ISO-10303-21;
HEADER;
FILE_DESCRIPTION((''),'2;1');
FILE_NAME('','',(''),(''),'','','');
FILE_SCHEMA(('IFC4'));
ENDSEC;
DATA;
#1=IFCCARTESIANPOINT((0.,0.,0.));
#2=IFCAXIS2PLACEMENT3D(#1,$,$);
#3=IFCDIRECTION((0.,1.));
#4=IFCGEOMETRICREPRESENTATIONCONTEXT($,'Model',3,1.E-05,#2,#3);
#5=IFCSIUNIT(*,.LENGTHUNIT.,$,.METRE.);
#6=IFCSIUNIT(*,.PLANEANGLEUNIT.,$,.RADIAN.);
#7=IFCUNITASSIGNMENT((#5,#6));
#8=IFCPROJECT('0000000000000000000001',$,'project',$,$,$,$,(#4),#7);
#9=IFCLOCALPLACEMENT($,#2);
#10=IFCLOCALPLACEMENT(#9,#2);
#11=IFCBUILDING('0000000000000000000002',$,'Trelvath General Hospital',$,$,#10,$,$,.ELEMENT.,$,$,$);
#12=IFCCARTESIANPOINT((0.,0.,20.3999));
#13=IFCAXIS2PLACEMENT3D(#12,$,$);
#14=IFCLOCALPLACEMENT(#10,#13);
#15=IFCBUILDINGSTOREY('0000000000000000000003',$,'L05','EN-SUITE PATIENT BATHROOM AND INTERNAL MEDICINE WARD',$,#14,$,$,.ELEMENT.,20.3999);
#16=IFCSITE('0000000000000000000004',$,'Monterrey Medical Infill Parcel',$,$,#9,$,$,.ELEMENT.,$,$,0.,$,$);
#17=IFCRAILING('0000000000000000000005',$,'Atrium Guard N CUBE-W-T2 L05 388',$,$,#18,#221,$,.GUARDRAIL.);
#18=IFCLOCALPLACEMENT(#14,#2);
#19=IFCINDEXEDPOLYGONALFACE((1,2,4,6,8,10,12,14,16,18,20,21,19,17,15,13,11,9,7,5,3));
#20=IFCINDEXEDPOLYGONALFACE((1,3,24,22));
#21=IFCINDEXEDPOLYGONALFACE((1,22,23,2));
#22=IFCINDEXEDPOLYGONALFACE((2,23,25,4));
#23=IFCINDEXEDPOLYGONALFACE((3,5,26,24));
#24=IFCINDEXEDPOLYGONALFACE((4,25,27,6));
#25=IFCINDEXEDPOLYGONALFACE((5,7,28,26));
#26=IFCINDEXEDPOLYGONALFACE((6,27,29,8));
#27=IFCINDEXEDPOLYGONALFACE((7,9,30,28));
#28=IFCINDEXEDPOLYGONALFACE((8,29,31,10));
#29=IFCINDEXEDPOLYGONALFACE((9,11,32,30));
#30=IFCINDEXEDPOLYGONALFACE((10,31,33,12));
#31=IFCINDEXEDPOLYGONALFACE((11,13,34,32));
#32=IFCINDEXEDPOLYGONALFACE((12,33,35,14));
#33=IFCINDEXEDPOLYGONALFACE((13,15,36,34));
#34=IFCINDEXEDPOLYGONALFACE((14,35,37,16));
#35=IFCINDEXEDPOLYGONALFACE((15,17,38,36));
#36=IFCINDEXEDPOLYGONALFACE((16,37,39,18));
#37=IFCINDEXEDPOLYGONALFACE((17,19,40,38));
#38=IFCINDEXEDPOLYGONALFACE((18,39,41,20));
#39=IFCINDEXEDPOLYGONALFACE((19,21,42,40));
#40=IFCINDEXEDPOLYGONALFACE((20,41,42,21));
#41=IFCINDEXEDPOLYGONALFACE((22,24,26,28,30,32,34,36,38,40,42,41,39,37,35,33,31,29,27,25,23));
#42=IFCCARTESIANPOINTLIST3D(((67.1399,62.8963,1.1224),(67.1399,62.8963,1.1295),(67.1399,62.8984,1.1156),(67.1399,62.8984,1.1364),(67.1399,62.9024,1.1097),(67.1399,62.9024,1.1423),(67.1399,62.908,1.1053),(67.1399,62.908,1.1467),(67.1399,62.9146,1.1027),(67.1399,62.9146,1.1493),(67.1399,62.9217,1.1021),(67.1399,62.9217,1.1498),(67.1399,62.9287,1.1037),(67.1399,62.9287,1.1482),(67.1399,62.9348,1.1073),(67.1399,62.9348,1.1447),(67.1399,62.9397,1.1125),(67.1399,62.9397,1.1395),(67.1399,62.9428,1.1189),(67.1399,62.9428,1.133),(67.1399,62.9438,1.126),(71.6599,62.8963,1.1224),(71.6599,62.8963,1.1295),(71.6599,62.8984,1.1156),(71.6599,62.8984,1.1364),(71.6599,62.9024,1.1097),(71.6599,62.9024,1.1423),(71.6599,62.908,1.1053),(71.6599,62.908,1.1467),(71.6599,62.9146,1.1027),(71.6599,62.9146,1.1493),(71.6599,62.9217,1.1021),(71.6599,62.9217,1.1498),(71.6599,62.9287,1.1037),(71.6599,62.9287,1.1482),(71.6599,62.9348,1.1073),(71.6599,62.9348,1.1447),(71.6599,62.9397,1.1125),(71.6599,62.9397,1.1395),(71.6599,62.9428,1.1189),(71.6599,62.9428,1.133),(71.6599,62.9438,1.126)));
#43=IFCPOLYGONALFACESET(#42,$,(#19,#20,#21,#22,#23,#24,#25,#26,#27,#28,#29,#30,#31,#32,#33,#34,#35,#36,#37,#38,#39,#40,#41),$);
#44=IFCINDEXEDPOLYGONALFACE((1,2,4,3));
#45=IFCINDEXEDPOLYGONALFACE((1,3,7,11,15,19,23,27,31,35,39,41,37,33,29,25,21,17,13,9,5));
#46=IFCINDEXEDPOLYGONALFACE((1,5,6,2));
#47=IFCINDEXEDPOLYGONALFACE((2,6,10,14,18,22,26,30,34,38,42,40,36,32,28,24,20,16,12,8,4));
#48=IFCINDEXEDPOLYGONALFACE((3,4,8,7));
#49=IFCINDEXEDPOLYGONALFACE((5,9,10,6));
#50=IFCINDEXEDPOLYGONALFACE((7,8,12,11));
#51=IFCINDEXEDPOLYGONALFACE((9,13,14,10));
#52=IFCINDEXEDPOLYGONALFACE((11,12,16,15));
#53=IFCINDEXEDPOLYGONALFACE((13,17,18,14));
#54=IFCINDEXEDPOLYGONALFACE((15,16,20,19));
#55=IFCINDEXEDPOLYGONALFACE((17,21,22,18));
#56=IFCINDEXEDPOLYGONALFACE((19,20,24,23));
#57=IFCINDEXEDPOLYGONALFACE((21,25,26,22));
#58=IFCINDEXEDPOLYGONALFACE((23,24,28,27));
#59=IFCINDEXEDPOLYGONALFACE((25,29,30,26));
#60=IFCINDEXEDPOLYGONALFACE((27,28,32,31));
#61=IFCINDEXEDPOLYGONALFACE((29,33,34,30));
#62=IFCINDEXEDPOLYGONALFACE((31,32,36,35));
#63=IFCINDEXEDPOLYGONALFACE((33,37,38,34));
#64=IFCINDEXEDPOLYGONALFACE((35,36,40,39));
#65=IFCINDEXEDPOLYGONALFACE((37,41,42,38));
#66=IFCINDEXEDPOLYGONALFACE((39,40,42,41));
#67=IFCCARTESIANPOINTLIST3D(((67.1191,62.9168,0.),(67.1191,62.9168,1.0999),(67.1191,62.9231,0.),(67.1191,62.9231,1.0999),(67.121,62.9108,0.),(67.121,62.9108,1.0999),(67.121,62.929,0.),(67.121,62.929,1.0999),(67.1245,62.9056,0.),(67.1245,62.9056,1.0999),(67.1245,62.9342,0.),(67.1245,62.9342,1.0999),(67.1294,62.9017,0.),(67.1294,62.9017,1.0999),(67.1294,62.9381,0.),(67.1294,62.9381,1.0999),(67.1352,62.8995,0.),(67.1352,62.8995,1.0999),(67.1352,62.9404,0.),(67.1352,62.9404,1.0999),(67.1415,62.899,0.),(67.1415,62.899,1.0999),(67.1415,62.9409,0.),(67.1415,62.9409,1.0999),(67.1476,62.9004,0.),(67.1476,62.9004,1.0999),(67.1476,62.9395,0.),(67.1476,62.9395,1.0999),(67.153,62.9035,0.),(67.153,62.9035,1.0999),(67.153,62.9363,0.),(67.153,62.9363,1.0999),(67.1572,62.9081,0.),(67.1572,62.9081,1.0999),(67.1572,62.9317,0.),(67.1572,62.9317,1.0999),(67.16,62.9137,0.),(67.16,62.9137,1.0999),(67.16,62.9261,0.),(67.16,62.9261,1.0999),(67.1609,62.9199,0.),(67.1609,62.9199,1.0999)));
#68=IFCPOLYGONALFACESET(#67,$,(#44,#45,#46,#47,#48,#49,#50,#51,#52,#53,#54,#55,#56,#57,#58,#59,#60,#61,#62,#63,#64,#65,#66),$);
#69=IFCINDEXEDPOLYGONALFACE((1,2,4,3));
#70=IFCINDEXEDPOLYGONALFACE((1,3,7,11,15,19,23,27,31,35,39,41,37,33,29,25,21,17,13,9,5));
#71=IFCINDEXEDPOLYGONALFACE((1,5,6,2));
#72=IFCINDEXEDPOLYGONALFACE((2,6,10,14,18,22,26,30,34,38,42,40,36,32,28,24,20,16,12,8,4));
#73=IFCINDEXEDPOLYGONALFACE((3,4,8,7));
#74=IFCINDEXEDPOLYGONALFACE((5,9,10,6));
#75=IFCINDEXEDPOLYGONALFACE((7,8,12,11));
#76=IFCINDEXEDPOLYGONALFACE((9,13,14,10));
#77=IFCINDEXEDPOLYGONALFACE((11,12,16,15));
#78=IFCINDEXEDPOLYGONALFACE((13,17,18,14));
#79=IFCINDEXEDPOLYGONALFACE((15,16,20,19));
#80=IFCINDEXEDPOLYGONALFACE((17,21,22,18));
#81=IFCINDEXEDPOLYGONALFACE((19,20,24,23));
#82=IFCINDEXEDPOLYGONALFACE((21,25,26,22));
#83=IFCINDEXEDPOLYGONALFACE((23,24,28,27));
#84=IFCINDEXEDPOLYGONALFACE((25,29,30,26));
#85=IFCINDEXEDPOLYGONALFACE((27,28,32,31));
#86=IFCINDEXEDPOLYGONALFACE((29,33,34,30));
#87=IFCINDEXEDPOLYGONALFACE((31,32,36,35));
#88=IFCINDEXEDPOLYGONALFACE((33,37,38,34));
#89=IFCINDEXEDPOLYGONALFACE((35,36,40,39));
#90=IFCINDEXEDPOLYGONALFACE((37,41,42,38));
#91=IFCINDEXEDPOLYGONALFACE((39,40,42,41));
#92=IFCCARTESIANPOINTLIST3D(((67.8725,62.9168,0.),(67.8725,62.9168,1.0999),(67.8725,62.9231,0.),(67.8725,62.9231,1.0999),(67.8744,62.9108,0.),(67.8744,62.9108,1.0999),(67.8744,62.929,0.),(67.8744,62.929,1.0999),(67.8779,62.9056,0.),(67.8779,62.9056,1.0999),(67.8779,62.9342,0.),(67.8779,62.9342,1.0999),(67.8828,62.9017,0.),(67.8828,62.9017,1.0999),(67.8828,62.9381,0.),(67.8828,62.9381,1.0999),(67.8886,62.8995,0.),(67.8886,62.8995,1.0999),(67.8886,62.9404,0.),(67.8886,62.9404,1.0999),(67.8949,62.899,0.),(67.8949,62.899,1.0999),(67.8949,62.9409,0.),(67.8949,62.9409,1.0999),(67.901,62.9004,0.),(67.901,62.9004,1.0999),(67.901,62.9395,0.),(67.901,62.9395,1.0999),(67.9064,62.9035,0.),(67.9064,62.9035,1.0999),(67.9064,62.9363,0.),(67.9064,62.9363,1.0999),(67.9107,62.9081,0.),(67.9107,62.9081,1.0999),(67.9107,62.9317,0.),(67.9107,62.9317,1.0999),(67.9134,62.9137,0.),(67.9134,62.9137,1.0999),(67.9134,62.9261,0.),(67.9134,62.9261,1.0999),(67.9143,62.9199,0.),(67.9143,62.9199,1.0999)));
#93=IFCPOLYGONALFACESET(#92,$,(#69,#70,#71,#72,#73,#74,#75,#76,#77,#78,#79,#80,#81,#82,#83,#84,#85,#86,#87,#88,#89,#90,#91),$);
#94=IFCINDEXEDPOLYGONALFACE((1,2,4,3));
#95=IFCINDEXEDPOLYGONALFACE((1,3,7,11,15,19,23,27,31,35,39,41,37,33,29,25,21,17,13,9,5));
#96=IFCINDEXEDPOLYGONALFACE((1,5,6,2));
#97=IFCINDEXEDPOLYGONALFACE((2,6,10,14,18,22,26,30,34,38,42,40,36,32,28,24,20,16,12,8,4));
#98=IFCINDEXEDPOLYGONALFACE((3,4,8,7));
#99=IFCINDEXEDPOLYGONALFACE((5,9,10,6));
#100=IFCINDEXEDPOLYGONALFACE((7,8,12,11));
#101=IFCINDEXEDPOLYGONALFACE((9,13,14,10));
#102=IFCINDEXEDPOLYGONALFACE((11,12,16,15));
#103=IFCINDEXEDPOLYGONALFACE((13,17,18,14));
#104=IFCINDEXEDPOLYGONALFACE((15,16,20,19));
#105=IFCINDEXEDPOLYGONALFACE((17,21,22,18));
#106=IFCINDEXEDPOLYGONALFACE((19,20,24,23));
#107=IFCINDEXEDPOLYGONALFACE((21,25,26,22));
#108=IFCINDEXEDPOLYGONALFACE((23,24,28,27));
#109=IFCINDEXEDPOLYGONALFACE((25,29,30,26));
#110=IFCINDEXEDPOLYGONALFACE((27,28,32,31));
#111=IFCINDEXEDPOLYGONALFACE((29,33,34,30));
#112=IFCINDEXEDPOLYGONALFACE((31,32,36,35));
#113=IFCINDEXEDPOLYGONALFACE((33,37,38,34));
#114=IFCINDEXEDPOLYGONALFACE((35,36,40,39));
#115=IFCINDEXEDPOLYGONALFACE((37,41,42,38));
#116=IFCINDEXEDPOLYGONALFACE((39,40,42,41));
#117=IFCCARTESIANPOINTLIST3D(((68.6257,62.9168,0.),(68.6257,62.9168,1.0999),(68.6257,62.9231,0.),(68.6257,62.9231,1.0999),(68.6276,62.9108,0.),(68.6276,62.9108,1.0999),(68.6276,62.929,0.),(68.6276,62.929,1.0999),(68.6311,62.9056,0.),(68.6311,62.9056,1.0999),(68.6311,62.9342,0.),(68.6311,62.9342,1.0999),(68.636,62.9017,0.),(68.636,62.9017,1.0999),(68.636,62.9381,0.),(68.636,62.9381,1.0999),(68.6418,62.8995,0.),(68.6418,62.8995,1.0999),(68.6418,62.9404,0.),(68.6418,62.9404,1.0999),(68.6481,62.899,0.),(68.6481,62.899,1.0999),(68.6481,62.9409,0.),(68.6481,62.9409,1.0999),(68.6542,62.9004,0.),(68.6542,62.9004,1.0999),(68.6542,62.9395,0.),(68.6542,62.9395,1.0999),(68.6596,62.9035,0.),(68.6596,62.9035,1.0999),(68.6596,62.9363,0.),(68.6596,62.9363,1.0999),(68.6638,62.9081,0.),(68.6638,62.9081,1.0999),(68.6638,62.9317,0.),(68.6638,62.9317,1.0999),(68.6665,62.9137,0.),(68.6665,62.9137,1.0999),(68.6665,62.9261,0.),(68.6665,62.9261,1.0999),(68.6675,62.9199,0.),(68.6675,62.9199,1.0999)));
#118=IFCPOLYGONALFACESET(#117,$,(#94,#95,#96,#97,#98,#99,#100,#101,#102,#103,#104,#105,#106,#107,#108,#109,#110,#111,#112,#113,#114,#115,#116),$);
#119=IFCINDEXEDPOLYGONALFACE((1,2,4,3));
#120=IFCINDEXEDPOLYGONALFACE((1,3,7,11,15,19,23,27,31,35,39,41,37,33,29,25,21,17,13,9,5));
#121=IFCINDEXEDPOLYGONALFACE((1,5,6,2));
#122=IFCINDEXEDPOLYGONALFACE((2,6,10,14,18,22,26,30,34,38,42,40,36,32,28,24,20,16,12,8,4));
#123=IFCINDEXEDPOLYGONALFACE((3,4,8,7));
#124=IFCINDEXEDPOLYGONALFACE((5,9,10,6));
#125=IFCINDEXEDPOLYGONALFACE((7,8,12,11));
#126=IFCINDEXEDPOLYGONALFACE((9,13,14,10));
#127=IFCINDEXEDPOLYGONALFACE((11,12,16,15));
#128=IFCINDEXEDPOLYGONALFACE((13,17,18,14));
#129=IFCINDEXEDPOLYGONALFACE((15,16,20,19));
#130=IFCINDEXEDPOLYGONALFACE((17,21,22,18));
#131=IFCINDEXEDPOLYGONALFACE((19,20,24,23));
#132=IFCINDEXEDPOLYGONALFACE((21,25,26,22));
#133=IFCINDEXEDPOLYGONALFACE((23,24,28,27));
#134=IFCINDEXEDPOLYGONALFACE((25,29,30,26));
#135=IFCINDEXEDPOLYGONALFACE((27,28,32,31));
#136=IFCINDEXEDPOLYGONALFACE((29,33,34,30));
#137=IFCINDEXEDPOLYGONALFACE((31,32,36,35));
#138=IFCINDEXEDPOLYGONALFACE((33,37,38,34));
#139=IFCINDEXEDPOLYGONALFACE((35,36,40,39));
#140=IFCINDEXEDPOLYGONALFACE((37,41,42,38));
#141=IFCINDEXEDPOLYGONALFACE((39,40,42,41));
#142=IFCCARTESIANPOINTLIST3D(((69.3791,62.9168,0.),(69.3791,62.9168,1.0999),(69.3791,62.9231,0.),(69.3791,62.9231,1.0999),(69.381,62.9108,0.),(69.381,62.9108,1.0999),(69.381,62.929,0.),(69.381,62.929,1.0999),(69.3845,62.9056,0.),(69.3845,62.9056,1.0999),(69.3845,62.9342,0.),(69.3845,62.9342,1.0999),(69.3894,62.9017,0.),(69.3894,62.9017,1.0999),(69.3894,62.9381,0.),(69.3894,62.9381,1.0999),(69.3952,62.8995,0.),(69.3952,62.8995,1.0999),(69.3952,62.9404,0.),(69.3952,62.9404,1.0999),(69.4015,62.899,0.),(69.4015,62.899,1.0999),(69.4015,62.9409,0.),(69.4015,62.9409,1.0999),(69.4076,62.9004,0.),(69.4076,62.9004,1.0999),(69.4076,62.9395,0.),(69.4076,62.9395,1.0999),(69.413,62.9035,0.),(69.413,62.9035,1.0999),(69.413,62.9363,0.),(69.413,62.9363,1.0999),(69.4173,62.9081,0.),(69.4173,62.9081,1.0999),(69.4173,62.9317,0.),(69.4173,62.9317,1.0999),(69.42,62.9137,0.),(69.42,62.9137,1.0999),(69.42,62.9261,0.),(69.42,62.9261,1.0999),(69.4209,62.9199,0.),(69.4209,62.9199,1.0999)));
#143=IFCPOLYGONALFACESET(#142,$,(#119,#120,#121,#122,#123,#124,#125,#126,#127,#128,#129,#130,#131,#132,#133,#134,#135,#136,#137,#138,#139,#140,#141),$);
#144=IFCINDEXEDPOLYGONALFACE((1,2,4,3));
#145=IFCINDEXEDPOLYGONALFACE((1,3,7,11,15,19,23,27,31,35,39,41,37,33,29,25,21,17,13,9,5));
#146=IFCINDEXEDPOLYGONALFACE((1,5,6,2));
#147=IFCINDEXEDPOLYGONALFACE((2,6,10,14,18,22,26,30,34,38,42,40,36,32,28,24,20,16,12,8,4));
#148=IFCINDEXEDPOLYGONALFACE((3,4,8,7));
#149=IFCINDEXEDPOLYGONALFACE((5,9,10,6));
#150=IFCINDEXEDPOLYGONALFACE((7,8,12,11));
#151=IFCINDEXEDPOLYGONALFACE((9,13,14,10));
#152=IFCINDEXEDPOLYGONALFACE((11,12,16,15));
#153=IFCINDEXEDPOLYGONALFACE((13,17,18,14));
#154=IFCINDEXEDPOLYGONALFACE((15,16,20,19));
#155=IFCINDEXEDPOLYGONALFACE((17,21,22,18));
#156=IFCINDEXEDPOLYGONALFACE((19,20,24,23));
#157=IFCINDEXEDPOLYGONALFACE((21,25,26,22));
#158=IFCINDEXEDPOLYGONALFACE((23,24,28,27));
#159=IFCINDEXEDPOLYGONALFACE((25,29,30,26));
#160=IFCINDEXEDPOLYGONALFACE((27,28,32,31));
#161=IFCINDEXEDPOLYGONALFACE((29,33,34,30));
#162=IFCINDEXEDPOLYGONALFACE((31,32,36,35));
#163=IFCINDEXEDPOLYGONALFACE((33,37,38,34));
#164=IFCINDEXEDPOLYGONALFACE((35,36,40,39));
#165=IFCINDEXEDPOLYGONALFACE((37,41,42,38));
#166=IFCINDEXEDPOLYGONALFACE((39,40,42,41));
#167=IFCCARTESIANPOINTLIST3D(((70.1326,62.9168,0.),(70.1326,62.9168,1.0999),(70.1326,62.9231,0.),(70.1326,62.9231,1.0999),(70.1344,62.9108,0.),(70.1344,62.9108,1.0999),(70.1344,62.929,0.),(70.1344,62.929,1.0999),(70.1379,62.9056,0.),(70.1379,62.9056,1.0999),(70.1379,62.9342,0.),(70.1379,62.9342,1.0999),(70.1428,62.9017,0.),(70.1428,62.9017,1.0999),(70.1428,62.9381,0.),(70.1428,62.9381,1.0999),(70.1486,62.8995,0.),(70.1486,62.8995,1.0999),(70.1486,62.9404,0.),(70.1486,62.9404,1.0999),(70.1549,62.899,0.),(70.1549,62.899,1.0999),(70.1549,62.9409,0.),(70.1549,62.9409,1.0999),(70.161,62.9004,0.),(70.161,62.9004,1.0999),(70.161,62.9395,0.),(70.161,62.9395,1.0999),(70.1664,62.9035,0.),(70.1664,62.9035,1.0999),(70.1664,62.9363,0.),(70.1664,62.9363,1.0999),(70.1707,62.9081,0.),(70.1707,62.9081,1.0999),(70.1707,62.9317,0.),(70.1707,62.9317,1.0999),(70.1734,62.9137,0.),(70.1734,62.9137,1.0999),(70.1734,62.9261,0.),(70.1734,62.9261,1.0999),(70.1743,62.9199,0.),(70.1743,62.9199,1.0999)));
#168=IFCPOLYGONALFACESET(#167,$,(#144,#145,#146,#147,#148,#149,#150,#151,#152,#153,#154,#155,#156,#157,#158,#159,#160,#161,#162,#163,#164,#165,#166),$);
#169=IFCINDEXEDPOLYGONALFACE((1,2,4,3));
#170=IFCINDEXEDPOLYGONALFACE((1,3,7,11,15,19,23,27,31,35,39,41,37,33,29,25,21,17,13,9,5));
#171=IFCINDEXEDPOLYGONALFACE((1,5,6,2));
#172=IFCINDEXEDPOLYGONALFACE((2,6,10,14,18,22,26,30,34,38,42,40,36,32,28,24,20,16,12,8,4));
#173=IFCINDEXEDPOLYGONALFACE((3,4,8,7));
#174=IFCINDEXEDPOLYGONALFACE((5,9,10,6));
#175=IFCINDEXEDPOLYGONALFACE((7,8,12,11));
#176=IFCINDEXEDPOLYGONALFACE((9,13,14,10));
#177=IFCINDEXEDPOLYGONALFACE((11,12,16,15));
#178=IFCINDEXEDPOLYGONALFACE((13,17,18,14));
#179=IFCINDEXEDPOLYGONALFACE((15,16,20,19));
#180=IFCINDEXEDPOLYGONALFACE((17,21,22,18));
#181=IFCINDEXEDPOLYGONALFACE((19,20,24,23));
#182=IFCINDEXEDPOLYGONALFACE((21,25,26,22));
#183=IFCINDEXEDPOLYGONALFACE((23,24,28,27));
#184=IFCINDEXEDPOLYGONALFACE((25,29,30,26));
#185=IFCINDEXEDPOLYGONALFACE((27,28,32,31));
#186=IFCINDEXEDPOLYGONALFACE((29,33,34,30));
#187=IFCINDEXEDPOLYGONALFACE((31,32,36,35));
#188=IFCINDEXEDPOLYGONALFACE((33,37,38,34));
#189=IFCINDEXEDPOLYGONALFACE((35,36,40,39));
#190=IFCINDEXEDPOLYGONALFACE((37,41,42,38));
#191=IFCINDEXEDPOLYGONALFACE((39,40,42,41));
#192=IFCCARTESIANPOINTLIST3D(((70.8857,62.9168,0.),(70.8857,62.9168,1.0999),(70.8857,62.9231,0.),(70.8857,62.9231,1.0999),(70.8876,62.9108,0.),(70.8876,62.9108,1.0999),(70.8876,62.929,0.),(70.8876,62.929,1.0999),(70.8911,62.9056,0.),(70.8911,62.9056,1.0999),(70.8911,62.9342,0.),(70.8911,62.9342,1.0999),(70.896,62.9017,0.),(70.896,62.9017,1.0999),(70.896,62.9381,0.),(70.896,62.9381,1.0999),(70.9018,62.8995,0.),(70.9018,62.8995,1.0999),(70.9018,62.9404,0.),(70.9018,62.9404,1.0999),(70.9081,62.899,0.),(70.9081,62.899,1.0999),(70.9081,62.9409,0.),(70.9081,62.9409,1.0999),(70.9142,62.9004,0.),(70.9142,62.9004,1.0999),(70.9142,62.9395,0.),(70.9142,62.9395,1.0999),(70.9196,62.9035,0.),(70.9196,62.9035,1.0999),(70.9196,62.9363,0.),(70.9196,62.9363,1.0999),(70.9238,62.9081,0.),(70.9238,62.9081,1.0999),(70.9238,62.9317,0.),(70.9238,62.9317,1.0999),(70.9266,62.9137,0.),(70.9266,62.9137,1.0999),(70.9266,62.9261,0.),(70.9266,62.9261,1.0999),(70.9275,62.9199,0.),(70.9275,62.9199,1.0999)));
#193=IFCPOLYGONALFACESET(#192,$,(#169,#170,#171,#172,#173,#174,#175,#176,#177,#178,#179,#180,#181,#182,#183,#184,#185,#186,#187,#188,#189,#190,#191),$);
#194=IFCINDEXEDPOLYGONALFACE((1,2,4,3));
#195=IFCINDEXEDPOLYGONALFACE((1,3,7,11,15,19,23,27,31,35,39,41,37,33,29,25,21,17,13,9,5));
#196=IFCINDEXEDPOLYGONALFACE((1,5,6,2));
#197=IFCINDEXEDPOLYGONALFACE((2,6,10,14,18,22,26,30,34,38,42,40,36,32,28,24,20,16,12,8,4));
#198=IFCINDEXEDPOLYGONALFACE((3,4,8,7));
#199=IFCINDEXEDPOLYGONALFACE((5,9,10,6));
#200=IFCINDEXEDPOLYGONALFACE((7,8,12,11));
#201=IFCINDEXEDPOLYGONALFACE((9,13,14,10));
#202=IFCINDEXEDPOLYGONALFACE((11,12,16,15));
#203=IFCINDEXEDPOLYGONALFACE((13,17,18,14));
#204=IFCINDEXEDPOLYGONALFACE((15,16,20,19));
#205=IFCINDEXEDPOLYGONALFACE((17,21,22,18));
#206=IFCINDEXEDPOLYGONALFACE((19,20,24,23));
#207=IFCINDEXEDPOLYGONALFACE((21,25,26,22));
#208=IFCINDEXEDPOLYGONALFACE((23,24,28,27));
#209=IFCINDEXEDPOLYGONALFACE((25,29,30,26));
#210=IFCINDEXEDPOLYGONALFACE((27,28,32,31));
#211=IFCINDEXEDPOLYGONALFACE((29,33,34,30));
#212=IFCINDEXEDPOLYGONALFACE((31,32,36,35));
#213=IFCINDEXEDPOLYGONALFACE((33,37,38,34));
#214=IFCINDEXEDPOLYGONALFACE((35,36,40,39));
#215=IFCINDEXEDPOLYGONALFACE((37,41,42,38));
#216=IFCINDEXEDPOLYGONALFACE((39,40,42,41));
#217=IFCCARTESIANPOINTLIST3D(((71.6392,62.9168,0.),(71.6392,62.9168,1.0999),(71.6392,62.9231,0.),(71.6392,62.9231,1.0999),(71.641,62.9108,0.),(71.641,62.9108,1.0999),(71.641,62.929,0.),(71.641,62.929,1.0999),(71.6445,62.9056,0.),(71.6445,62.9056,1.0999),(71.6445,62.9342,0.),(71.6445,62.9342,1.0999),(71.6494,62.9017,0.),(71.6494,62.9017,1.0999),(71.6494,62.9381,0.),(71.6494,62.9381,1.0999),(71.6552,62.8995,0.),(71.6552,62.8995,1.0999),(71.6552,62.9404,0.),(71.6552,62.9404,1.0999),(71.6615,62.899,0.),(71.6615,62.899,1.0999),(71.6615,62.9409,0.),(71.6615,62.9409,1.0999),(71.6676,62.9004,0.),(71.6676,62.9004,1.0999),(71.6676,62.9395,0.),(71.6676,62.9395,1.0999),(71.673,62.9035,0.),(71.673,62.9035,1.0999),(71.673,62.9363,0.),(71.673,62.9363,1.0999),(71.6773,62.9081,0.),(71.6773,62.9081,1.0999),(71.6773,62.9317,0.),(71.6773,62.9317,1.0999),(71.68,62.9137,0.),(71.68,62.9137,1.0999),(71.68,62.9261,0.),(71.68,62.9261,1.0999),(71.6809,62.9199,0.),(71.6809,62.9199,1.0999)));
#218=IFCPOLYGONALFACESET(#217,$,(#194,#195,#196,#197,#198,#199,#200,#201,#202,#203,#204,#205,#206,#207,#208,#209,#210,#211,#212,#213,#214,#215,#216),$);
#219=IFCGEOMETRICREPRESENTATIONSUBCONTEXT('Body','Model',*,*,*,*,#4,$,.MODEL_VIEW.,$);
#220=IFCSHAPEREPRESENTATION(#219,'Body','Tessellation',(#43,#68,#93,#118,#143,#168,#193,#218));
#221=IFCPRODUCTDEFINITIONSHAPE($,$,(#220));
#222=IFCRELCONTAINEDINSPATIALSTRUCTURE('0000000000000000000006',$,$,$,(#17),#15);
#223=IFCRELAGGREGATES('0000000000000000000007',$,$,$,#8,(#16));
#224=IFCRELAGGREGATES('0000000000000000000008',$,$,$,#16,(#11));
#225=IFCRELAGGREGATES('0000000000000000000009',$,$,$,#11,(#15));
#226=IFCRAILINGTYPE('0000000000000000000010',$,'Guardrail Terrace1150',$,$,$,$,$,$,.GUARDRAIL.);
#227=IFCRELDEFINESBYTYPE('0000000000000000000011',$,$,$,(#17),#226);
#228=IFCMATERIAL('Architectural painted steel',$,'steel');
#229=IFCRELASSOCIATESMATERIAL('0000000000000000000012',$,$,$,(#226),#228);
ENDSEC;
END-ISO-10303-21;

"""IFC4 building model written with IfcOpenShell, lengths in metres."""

from ifc_helpers import new_model, si_unit, direction, frame, origin, origin_2d, place, context, subcontext, project, spatial, circle, extrude, material, type_object, element, save


model = new_model("IFC4")

# Units and contexts
model_context = context("Model", 3, precision=1e-05, world=origin(), true_north=direction((0.0, 1.0)))
body_context = subcontext(model_context, "Body", "Model", "MODEL_VIEW")
ifc_project = project(units=[si_unit("LENGTHUNIT", "METRE"), si_unit("PLANEANGLEUNIT", "RADIAN")], contexts=[model_context])

# Site, building, storey
site_placement = place(None, origin())
site = spatial("IfcSite", under=ifc_project, at=site_placement, Name="Monterrey Medical Infill Parcel", CompositionType="ELEMENT", RefElevation=0.0)
building_placement = place(site_placement, origin())
building = spatial("IfcBuilding", under=site, at=building_placement, Name="Trelvath General Hospital", CompositionType="ELEMENT")
storey_placement = place(building_placement, frame((0.0, 0.0, 20.3999)))
storey = spatial("IfcBuildingStorey", under=building, at=storey_placement, Name="L05", Description="EN-SUITE PATIENT BATHROOM AND INTERNAL MEDICINE WARD", CompositionType="ELEMENT", Elevation=20.3999)

# Railing
ifc_material_1 = material(Name="Architectural painted steel", Category="steel")
railing_type = type_object("IfcRailingType", Name="Guardrail Terrace1150", PredefinedType="GUARDRAIL", material=ifc_material_1)
railing_1_placement = place(storey_placement, frame((67.1399, 62.9199, 0.0)))
element("IfcRailing", 1, at=railing_1_placement, inside=storey, type_object=railing_type, Name="Atrium Guard N CUBE-W-T2 L05 388", PredefinedType="GUARDRAIL", context=body_context, shape_type="SweptSolid", body=[
    extrude(circle(Radius=0.0239, at=origin_2d()), frame((0.0, 0.0, 1.126), z_axis=(1.0, 0.0, 0.0), x_axis=(0.0, 1.0, 0.0)), (0.0, 0.0, 1.0), 4.52),
    extrude(circle(Radius=0.021, at=origin_2d()), origin(), (0.0, 0.0, 1.0), 1.0999),
    extrude(circle(Radius=0.021, at=origin_2d()), frame((0.7534, 0.0, 0.0)), (0.0, 0.0, 1.0), 1.0999),
    extrude(circle(Radius=0.021, at=origin_2d()), frame((1.5066, 0.0, 0.0)), (0.0, 0.0, 1.0), 1.0999),
    extrude(circle(Radius=0.021, at=origin_2d()), frame((2.26, 0.0, 0.0)), (0.0, 0.0, 1.0), 1.0999),
    extrude(circle(Radius=0.021, at=origin_2d()), frame((3.0134, 0.0, 0.0)), (0.0, 0.0, 1.0), 1.0999),
    extrude(circle(Radius=0.021, at=origin_2d()), frame((3.7666, 0.0, 0.0)), (0.0, 0.0, 1.0), 1.0999),
    extrude(circle(Radius=0.021, at=origin_2d()), frame((4.52, 0.0, 0.0)), (0.0, 0.0, 1.0), 1.0999),
])

save(model, "model.ifc")
